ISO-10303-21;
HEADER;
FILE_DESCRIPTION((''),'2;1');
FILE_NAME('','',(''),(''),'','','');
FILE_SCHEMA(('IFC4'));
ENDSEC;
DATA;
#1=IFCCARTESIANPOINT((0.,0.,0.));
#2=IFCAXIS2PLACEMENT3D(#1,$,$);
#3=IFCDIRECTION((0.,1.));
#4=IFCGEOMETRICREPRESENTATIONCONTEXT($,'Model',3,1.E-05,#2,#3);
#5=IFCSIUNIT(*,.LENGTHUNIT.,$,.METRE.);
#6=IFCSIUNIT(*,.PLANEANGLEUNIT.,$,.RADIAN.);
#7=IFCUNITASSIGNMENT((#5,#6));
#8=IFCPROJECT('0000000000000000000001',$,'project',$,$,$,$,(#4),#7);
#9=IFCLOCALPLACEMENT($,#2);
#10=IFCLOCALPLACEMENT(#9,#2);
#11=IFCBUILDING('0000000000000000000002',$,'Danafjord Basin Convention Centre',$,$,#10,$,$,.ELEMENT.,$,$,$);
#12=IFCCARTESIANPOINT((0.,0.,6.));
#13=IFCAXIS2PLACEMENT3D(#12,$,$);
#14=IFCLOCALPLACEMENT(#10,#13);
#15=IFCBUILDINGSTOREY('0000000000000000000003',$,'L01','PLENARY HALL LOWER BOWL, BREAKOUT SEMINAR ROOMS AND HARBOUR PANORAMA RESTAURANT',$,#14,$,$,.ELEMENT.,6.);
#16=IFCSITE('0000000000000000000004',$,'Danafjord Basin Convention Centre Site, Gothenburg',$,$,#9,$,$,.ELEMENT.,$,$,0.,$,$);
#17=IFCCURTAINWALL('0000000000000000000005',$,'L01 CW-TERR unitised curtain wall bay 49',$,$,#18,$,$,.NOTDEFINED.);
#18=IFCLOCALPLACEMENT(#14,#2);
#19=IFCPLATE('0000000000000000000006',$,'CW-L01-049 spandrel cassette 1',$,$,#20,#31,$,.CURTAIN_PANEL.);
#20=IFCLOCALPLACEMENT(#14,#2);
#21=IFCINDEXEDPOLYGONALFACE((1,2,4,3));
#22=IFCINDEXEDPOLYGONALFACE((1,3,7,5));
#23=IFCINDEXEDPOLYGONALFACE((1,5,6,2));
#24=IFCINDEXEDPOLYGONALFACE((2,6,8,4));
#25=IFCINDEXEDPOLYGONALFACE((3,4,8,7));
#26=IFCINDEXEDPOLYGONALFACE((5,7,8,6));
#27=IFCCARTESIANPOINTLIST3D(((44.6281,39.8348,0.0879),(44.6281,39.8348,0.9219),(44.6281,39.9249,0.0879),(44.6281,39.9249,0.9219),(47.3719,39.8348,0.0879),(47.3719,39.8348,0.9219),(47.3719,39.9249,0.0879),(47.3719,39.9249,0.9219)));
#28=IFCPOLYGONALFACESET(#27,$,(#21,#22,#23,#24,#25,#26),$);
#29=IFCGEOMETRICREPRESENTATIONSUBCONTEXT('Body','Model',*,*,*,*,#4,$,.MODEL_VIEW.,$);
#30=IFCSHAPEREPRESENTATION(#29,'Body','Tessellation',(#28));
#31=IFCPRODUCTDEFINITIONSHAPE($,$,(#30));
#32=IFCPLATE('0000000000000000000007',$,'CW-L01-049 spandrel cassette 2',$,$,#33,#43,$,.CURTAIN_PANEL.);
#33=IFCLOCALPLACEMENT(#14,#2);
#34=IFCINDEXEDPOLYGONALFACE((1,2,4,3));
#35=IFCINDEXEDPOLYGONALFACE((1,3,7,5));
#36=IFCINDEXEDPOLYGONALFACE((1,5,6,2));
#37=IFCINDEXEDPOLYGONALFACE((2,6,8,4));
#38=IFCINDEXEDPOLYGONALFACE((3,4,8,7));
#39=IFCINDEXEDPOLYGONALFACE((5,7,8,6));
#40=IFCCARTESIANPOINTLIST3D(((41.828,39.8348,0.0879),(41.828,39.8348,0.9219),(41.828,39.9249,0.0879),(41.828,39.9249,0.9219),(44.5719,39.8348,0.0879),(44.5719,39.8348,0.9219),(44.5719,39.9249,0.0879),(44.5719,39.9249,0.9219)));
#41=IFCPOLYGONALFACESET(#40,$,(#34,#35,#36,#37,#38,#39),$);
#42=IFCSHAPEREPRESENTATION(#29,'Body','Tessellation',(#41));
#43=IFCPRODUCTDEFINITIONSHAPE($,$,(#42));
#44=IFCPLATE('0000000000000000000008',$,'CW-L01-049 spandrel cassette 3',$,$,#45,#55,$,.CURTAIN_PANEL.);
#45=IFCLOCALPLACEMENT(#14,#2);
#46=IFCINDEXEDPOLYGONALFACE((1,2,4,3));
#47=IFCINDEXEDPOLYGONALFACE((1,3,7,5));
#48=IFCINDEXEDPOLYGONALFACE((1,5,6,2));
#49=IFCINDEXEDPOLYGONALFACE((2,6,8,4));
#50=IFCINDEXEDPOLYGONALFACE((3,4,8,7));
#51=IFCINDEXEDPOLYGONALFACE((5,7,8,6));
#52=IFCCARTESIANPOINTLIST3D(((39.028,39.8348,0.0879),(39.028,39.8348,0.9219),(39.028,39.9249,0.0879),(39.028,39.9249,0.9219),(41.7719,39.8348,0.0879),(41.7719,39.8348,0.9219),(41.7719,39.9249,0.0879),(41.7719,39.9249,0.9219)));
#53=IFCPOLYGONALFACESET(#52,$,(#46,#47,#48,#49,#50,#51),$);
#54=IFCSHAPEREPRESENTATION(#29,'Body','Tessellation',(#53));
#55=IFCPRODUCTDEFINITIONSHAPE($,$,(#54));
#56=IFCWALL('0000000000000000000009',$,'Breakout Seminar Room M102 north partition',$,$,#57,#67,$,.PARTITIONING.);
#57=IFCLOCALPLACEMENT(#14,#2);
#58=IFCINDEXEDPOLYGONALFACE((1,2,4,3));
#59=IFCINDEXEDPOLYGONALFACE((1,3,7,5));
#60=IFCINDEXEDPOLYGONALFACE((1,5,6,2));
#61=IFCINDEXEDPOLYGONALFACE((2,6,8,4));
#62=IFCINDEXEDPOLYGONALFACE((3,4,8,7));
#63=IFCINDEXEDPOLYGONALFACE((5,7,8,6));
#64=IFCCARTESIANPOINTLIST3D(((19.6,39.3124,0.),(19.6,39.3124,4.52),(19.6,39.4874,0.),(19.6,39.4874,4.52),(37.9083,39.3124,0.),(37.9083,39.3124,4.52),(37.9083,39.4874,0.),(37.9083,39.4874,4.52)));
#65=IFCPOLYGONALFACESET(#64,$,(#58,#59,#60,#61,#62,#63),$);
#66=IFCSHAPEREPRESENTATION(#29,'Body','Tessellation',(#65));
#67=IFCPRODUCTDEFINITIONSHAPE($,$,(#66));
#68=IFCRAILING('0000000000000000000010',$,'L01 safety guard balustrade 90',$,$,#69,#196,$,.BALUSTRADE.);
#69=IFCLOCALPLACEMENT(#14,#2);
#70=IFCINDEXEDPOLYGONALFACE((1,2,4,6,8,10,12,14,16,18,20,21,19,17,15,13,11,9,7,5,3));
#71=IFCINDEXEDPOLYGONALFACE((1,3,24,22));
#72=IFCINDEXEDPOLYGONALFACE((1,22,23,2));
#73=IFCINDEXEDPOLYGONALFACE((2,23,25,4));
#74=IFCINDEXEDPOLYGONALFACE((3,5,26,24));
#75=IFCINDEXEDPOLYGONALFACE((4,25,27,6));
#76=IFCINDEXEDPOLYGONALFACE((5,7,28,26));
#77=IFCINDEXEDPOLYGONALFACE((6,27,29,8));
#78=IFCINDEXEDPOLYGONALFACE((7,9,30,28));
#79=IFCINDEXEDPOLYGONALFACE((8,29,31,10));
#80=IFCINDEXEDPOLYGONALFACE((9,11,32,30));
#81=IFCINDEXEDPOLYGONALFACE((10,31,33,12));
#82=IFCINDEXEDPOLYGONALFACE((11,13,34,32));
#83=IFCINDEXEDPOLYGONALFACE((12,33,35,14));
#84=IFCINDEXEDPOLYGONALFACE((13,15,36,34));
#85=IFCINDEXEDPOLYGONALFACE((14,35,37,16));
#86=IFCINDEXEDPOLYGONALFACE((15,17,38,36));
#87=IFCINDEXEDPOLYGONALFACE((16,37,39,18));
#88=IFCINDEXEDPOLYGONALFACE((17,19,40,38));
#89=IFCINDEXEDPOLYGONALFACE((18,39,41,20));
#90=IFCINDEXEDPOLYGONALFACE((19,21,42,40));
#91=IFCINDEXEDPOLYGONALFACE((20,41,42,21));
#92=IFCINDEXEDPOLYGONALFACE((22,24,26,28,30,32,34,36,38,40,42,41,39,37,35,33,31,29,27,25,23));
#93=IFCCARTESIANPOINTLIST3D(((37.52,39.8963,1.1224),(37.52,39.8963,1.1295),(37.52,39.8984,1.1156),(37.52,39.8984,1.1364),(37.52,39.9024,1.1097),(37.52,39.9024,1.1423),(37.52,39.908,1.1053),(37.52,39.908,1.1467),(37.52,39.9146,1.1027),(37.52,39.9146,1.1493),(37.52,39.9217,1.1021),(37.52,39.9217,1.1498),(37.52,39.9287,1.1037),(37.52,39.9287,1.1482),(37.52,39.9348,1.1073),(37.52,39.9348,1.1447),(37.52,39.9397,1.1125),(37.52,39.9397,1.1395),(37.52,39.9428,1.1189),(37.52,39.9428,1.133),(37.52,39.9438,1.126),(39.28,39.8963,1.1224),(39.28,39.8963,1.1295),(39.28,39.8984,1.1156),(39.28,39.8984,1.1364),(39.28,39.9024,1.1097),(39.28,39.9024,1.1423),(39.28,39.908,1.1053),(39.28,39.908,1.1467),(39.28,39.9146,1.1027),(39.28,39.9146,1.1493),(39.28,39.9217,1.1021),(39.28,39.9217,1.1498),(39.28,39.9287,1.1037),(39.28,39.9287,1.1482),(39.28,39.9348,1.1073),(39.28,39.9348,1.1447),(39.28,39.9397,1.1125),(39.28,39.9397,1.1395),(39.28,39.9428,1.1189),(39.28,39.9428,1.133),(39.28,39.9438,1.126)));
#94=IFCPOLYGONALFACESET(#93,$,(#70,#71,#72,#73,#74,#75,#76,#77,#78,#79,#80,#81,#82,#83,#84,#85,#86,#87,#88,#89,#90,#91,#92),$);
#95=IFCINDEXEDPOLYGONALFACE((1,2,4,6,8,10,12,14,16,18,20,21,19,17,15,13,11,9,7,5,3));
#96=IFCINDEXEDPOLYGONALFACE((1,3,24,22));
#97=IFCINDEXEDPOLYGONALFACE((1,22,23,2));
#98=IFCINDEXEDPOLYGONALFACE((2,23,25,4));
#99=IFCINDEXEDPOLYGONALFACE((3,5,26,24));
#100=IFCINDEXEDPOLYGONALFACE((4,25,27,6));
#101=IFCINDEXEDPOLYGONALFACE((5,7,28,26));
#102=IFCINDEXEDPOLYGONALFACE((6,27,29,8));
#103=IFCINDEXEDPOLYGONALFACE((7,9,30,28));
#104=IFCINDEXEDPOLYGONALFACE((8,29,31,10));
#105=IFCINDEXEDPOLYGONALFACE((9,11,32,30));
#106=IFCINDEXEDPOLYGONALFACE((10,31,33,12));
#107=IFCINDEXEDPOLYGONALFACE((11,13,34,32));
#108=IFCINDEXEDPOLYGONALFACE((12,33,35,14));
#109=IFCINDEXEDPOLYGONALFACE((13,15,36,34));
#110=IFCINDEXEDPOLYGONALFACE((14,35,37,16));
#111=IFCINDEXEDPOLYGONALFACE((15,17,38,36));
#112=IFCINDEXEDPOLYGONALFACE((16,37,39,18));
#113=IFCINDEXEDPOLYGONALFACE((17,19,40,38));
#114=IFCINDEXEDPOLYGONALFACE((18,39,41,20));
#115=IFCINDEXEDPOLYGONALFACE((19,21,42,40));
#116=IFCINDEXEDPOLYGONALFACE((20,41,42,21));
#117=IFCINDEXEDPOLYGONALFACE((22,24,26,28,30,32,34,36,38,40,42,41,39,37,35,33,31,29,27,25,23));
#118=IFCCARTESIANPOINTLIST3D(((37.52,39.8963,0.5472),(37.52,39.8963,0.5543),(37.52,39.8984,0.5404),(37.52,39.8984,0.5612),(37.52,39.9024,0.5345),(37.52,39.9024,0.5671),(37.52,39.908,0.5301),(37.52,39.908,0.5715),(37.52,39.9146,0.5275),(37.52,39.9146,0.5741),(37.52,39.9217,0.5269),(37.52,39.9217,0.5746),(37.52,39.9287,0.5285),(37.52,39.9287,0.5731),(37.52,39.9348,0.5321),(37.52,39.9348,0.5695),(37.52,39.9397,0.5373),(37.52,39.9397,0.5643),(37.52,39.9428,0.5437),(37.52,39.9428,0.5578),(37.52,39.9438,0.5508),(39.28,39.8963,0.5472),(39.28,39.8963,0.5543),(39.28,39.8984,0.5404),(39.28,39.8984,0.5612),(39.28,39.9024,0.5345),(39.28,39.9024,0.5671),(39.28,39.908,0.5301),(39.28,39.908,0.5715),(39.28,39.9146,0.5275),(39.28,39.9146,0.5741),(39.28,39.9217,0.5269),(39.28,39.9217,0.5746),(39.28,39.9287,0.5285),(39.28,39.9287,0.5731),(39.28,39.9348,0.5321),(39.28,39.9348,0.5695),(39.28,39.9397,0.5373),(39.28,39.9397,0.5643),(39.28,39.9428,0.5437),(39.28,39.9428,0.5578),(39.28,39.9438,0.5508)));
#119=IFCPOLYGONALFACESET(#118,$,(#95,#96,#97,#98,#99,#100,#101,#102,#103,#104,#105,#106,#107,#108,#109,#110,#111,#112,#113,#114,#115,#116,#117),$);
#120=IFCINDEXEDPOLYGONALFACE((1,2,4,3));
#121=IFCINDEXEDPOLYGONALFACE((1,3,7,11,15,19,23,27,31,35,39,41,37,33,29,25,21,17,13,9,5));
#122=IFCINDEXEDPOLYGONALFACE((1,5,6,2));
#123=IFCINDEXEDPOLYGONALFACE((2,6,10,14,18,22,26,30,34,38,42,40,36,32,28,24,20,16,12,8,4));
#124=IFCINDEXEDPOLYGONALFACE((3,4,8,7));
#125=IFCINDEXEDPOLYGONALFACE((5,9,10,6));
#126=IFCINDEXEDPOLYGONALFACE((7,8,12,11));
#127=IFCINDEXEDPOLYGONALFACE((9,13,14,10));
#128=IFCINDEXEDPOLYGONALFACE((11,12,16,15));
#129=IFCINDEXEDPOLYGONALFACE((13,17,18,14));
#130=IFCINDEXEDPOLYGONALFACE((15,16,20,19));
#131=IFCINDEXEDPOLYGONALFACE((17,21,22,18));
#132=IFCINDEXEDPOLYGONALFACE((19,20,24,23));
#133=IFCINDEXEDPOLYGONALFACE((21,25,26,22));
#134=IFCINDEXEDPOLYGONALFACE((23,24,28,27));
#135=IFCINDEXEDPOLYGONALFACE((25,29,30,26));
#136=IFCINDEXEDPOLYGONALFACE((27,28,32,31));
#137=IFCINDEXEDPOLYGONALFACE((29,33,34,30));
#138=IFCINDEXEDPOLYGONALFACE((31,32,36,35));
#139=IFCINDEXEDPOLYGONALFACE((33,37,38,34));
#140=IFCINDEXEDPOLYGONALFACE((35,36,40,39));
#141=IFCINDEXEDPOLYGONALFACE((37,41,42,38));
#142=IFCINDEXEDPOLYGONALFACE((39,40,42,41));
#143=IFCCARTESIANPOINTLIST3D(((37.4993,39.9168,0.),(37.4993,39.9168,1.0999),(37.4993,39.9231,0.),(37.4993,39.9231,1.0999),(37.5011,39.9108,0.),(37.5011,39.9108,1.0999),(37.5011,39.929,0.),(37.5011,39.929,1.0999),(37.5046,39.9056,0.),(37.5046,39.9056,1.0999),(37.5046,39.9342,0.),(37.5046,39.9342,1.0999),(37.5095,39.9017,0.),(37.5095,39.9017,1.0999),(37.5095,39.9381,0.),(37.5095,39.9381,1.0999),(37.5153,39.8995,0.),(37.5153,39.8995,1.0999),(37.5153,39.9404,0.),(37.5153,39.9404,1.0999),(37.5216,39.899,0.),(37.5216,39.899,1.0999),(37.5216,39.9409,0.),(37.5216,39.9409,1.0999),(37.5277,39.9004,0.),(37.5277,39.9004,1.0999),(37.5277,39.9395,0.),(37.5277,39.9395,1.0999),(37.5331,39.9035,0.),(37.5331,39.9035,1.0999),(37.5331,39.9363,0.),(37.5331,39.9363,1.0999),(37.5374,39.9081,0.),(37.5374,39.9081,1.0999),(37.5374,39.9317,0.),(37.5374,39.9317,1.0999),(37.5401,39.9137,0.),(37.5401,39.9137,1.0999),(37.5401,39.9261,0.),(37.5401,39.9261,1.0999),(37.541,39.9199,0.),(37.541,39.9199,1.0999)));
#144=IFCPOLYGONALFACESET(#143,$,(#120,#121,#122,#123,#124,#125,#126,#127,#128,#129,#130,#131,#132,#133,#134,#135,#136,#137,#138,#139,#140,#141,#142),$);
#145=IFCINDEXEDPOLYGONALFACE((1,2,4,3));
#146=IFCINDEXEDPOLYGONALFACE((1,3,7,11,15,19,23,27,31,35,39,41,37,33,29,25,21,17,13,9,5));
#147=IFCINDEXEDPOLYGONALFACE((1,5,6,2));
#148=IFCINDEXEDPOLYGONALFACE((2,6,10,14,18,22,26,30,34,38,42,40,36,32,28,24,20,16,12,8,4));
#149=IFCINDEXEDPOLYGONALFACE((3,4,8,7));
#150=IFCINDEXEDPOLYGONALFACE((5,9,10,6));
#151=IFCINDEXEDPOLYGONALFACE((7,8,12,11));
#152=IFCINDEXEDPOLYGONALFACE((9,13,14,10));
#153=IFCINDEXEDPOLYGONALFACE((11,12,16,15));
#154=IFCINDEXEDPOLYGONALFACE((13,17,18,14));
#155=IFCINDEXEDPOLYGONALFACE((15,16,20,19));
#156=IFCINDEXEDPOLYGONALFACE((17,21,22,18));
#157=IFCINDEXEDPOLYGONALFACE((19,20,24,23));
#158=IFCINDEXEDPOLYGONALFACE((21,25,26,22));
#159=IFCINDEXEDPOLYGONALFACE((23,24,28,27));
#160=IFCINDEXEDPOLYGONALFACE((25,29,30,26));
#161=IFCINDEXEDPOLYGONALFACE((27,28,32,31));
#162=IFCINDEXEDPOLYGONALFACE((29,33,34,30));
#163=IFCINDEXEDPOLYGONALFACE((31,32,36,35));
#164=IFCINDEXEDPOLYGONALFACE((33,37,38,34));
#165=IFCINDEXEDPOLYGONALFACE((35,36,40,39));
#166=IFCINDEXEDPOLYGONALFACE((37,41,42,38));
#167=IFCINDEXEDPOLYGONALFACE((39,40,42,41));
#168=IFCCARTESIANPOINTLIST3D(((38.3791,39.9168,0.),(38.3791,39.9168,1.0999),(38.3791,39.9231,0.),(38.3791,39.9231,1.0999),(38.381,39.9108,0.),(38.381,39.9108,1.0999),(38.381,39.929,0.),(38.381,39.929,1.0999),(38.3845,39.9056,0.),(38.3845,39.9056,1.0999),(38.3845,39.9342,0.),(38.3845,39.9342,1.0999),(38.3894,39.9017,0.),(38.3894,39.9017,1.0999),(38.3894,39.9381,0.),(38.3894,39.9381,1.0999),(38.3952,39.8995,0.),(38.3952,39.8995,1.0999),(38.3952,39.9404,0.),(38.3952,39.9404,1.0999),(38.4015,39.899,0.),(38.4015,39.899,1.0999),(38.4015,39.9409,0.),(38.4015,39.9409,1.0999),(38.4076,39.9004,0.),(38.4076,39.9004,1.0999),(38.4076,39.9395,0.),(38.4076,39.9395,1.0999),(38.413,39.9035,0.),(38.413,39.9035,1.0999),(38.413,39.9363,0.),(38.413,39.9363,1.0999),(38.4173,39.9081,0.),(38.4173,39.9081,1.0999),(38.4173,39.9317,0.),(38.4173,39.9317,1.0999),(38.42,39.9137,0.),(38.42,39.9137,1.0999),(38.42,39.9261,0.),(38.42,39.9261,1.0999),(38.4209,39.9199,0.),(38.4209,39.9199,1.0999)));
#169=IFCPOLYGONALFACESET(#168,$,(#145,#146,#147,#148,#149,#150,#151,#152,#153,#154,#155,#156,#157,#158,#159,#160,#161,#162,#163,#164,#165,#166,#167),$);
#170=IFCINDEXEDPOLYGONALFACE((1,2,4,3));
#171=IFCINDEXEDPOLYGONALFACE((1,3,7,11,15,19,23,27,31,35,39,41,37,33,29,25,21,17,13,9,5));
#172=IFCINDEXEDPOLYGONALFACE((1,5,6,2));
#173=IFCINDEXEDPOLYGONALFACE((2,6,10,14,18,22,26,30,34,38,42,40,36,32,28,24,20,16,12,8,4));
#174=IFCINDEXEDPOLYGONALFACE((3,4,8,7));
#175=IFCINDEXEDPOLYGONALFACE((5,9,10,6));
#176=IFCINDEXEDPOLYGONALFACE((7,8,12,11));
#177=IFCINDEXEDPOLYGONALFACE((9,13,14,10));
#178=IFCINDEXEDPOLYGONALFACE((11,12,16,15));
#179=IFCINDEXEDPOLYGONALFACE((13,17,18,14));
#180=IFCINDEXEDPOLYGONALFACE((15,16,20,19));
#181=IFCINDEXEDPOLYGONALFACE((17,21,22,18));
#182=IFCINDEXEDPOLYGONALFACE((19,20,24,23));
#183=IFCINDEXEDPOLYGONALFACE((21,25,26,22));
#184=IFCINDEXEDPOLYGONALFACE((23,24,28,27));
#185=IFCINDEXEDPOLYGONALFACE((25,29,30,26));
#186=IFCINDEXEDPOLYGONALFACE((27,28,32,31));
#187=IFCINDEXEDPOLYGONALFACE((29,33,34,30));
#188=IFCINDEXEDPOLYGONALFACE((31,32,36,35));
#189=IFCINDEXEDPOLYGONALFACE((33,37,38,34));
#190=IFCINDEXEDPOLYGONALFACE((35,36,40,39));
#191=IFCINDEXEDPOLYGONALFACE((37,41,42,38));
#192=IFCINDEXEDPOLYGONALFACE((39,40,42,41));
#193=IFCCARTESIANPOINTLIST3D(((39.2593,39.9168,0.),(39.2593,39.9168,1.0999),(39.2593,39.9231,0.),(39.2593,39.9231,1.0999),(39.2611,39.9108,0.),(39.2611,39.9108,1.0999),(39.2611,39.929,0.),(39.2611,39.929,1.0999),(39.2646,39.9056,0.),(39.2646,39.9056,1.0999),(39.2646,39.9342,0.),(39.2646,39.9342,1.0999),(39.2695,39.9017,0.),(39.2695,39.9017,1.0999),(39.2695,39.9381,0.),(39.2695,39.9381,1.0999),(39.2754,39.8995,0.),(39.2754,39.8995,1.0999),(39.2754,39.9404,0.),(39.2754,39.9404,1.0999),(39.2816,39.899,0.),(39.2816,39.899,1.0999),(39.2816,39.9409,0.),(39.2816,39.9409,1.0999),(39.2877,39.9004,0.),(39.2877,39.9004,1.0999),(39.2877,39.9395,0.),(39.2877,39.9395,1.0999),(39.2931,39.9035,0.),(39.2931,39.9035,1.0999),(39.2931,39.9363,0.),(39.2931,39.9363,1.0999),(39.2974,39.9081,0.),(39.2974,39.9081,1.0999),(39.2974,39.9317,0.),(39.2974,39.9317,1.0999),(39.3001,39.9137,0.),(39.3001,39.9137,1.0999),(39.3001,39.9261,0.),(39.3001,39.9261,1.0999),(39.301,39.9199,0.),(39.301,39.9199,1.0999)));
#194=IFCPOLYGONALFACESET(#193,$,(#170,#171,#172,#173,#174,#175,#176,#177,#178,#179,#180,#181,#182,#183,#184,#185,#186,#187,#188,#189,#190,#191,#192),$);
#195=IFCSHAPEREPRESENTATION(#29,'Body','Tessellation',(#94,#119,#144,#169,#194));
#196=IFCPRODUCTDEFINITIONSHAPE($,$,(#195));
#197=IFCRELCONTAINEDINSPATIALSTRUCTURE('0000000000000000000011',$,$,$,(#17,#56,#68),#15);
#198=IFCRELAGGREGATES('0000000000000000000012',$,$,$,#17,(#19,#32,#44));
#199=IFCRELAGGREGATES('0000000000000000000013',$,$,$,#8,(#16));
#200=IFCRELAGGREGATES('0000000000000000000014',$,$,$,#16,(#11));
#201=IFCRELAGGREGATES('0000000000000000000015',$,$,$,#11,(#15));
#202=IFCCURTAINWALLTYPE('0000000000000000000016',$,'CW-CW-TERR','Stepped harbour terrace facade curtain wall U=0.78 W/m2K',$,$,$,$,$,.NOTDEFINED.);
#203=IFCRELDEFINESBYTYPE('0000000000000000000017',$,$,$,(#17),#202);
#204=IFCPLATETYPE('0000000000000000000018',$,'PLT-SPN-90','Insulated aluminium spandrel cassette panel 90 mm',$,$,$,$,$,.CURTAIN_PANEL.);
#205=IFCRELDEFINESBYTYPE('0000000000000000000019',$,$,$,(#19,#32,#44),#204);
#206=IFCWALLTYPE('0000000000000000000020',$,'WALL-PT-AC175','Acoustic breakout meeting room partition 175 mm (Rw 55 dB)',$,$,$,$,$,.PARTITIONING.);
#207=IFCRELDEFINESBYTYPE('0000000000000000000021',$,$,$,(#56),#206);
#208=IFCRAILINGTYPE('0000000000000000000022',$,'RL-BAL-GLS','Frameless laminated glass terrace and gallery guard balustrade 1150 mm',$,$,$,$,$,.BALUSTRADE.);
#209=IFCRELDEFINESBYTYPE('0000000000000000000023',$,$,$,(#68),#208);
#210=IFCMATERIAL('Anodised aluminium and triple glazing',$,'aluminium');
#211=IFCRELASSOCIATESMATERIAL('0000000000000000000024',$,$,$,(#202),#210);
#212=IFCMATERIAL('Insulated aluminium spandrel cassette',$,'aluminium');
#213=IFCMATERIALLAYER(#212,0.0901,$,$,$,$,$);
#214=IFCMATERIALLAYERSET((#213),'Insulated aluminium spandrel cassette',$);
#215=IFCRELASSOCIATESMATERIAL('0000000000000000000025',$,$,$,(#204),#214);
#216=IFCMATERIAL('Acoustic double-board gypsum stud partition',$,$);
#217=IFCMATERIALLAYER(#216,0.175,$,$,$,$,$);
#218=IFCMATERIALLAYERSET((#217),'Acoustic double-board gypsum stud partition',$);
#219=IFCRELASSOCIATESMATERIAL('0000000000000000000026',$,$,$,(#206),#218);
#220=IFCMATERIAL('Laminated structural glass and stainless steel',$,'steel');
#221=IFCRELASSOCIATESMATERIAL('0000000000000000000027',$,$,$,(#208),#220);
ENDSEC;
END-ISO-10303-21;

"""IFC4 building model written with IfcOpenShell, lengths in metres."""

from ifc_helpers import new_model, si_unit, direction, frame, frame_2d, origin, origin_2d, place, context, subcontext, project, spatial, rectangle, circle, extrude, material, layer, layer_set, type_object, element, aggregate, save


model = new_model("IFC4")

# Units and contexts
model_context = context("Model", 3, precision=1e-05, world=origin(), true_north=direction((0.0, 1.0)))
body_context = subcontext(model_context, "Body", "Model", "MODEL_VIEW")
ifc_project = project(units=[si_unit("LENGTHUNIT", "METRE"), si_unit("PLANEANGLEUNIT", "RADIAN")], contexts=[model_context])

# Site, building, storey
site_placement = place(None, origin())
site = spatial("IfcSite", under=ifc_project, at=site_placement, Name="Danafjord Basin Convention Centre Site, Gothenburg", CompositionType="ELEMENT", RefElevation=0.0)
building_placement = place(site_placement, origin())
building = spatial("IfcBuilding", under=site, at=building_placement, Name="Danafjord Basin Convention Centre", CompositionType="ELEMENT")
storey_placement = place(building_placement, frame((0.0, 0.0, 6.0)))
storey = spatial("IfcBuildingStorey", under=building, at=storey_placement, Name="L01", Description="PLENARY HALL LOWER BOWL, BREAKOUT SEMINAR ROOMS AND HARBOUR PANORAMA RESTAURANT", CompositionType="ELEMENT", Elevation=6.0)

# Curtain wall
ifc_material_1 = material(Name="Anodised aluminium and triple glazing", Category="aluminium")
curtain_wall_type = type_object("IfcCurtainWallType", Name="CW-CW-TERR", Description="Stepped harbour terrace facade curtain wall U=0.78 W/m2K", PredefinedType="NOTDEFINED", material=ifc_material_1)
curtain_wall_1_placement = place(storey_placement, origin())
curtain_wall_1 = element("IfcCurtainWall", 1, at=curtain_wall_1_placement, inside=storey, type_object=curtain_wall_type, Name="L01 CW-TERR unitised curtain wall bay 49", PredefinedType="NOTDEFINED")

# Plates
ifc_material_2 = material(Name="Insulated aluminium spandrel cassette", Category="aluminium")
ifc_layer_1 = layer(ifc_material_2, 0.0901)
ifc_layer_set_1 = layer_set([ifc_layer_1], Name="Insulated aluminium spandrel cassette")
plate_type_1 = type_object("IfcPlateType", Name="PLT-SPN-90", Description="Insulated aluminium spandrel cassette panel 90 mm", PredefinedType="CURTAIN_PANEL", material=ifc_layer_set_1)
plate_1_placement = place(storey_placement, frame((46.0, 39.8799, 0.0879), z_axis=(0.0, 0.0, 1.0), x_axis=(-1.0, 0.0, 0.0)))
plate_1 = element("IfcPlate", 2, at=plate_1_placement, type_object=plate_type_1, Name="CW-L01-049 spandrel cassette 1", PredefinedType="CURTAIN_PANEL", context=body_context, shape_type="SweptSolid", body=[
    extrude(rectangle(XDim=2.7439, YDim=0.0901, at=origin_2d()), origin(), (0.0, 0.0, 1.0), 0.834),
])
plate_2_placement = place(storey_placement, frame((43.2, 39.8799, 0.0879), z_axis=(0.0, 0.0, 1.0), x_axis=(-1.0, 0.0, 0.0)))
plate_2 = element("IfcPlate", 3, at=plate_2_placement, type_object=plate_type_1, Name="CW-L01-049 spandrel cassette 2", PredefinedType="CURTAIN_PANEL", context=body_context, shape_type="SweptSolid", body=[
    extrude(rectangle(XDim=2.7439, YDim=0.0901, at=origin_2d()), origin(), (0.0, 0.0, 1.0), 0.834),
])
plate_3_placement = place(storey_placement, frame((40.3999, 39.8799, 0.0879), z_axis=(0.0, 0.0, 1.0), x_axis=(-1.0, 0.0, 0.0)))
plate_3 = element("IfcPlate", 4, at=plate_3_placement, type_object=plate_type_1, Name="CW-L01-049 spandrel cassette 3", PredefinedType="CURTAIN_PANEL", context=body_context, shape_type="SweptSolid", body=[
    extrude(rectangle(XDim=2.7439, YDim=0.0901, at=origin_2d()), origin(), (0.0, 0.0, 1.0), 0.834),
])
aggregate(curtain_wall_1, [plate_1, plate_2, plate_3])

# Wall
ifc_material_3 = material(Name="Acoustic double-board gypsum stud partition")
ifc_layer_2 = layer(ifc_material_3, 0.175)
ifc_layer_set_2 = layer_set([ifc_layer_2], Name="Acoustic double-board gypsum stud partition")
wall_type = type_object("IfcWallType", Name="WALL-PT-AC175", Description="Acoustic breakout meeting room partition 175 mm (Rw 55 dB)", PredefinedType="PARTITIONING", material=ifc_layer_set_2)
wall_placement = place(storey_placement, frame((37.9084, 39.3999, 0.0), z_axis=(0.0, 0.0, 1.0), x_axis=(-1.0, 0.0, 0.0)))
element("IfcWall", 5, at=wall_placement, inside=storey, type_object=wall_type, Name="Breakout Seminar Room M102 north partition", PredefinedType="PARTITIONING", context=body_context, shape_type="SweptSolid", body=[
    extrude(rectangle(XDim=18.3083, YDim=0.175, at=frame_2d((9.1543, 0.0))), origin(), (0.0, 0.0, 1.0), 4.52),
])

# Railing
ifc_material_4 = material(Name="Laminated structural glass and stainless steel", Category="steel")
railing_type = type_object("IfcRailingType", Name="RL-BAL-GLS", Description="Frameless laminated glass terrace and gallery guard balustrade 1150 mm", PredefinedType="BALUSTRADE", material=ifc_material_4)
railing_1_placement = place(storey_placement, frame((37.52, 39.9199, 0.0)))
element("IfcRailing", 6, at=railing_1_placement, inside=storey, type_object=railing_type, Name="L01 safety guard balustrade 90", PredefinedType="BALUSTRADE", context=body_context, shape_type="SweptSolid", body=[
    extrude(circle(Radius=0.0239, at=origin_2d()), frame((0.0, 0.0, 1.126), z_axis=(1.0, 0.0, 0.0), x_axis=(0.0, 1.0, 0.0)), (0.0, 0.0, 1.0), 1.76),
    extrude(circle(Radius=0.0239, at=origin_2d()), frame((0.0, 0.0, 0.5508), z_axis=(1.0, 0.0, 0.0), x_axis=(0.0, 1.0, 0.0)), (0.0, 0.0, 1.0), 1.76),
    extrude(circle(Radius=0.021, at=origin_2d()), origin(), (0.0, 0.0, 1.0), 1.0999),
    extrude(circle(Radius=0.021, at=origin_2d()), frame((0.8799, 0.0, 0.0)), (0.0, 0.0, 1.0), 1.0999),
    extrude(circle(Radius=0.021, at=origin_2d()), frame((1.76, 0.0, 0.0)), (0.0, 0.0, 1.0), 1.0999),
])

save(model, "model.ifc")
